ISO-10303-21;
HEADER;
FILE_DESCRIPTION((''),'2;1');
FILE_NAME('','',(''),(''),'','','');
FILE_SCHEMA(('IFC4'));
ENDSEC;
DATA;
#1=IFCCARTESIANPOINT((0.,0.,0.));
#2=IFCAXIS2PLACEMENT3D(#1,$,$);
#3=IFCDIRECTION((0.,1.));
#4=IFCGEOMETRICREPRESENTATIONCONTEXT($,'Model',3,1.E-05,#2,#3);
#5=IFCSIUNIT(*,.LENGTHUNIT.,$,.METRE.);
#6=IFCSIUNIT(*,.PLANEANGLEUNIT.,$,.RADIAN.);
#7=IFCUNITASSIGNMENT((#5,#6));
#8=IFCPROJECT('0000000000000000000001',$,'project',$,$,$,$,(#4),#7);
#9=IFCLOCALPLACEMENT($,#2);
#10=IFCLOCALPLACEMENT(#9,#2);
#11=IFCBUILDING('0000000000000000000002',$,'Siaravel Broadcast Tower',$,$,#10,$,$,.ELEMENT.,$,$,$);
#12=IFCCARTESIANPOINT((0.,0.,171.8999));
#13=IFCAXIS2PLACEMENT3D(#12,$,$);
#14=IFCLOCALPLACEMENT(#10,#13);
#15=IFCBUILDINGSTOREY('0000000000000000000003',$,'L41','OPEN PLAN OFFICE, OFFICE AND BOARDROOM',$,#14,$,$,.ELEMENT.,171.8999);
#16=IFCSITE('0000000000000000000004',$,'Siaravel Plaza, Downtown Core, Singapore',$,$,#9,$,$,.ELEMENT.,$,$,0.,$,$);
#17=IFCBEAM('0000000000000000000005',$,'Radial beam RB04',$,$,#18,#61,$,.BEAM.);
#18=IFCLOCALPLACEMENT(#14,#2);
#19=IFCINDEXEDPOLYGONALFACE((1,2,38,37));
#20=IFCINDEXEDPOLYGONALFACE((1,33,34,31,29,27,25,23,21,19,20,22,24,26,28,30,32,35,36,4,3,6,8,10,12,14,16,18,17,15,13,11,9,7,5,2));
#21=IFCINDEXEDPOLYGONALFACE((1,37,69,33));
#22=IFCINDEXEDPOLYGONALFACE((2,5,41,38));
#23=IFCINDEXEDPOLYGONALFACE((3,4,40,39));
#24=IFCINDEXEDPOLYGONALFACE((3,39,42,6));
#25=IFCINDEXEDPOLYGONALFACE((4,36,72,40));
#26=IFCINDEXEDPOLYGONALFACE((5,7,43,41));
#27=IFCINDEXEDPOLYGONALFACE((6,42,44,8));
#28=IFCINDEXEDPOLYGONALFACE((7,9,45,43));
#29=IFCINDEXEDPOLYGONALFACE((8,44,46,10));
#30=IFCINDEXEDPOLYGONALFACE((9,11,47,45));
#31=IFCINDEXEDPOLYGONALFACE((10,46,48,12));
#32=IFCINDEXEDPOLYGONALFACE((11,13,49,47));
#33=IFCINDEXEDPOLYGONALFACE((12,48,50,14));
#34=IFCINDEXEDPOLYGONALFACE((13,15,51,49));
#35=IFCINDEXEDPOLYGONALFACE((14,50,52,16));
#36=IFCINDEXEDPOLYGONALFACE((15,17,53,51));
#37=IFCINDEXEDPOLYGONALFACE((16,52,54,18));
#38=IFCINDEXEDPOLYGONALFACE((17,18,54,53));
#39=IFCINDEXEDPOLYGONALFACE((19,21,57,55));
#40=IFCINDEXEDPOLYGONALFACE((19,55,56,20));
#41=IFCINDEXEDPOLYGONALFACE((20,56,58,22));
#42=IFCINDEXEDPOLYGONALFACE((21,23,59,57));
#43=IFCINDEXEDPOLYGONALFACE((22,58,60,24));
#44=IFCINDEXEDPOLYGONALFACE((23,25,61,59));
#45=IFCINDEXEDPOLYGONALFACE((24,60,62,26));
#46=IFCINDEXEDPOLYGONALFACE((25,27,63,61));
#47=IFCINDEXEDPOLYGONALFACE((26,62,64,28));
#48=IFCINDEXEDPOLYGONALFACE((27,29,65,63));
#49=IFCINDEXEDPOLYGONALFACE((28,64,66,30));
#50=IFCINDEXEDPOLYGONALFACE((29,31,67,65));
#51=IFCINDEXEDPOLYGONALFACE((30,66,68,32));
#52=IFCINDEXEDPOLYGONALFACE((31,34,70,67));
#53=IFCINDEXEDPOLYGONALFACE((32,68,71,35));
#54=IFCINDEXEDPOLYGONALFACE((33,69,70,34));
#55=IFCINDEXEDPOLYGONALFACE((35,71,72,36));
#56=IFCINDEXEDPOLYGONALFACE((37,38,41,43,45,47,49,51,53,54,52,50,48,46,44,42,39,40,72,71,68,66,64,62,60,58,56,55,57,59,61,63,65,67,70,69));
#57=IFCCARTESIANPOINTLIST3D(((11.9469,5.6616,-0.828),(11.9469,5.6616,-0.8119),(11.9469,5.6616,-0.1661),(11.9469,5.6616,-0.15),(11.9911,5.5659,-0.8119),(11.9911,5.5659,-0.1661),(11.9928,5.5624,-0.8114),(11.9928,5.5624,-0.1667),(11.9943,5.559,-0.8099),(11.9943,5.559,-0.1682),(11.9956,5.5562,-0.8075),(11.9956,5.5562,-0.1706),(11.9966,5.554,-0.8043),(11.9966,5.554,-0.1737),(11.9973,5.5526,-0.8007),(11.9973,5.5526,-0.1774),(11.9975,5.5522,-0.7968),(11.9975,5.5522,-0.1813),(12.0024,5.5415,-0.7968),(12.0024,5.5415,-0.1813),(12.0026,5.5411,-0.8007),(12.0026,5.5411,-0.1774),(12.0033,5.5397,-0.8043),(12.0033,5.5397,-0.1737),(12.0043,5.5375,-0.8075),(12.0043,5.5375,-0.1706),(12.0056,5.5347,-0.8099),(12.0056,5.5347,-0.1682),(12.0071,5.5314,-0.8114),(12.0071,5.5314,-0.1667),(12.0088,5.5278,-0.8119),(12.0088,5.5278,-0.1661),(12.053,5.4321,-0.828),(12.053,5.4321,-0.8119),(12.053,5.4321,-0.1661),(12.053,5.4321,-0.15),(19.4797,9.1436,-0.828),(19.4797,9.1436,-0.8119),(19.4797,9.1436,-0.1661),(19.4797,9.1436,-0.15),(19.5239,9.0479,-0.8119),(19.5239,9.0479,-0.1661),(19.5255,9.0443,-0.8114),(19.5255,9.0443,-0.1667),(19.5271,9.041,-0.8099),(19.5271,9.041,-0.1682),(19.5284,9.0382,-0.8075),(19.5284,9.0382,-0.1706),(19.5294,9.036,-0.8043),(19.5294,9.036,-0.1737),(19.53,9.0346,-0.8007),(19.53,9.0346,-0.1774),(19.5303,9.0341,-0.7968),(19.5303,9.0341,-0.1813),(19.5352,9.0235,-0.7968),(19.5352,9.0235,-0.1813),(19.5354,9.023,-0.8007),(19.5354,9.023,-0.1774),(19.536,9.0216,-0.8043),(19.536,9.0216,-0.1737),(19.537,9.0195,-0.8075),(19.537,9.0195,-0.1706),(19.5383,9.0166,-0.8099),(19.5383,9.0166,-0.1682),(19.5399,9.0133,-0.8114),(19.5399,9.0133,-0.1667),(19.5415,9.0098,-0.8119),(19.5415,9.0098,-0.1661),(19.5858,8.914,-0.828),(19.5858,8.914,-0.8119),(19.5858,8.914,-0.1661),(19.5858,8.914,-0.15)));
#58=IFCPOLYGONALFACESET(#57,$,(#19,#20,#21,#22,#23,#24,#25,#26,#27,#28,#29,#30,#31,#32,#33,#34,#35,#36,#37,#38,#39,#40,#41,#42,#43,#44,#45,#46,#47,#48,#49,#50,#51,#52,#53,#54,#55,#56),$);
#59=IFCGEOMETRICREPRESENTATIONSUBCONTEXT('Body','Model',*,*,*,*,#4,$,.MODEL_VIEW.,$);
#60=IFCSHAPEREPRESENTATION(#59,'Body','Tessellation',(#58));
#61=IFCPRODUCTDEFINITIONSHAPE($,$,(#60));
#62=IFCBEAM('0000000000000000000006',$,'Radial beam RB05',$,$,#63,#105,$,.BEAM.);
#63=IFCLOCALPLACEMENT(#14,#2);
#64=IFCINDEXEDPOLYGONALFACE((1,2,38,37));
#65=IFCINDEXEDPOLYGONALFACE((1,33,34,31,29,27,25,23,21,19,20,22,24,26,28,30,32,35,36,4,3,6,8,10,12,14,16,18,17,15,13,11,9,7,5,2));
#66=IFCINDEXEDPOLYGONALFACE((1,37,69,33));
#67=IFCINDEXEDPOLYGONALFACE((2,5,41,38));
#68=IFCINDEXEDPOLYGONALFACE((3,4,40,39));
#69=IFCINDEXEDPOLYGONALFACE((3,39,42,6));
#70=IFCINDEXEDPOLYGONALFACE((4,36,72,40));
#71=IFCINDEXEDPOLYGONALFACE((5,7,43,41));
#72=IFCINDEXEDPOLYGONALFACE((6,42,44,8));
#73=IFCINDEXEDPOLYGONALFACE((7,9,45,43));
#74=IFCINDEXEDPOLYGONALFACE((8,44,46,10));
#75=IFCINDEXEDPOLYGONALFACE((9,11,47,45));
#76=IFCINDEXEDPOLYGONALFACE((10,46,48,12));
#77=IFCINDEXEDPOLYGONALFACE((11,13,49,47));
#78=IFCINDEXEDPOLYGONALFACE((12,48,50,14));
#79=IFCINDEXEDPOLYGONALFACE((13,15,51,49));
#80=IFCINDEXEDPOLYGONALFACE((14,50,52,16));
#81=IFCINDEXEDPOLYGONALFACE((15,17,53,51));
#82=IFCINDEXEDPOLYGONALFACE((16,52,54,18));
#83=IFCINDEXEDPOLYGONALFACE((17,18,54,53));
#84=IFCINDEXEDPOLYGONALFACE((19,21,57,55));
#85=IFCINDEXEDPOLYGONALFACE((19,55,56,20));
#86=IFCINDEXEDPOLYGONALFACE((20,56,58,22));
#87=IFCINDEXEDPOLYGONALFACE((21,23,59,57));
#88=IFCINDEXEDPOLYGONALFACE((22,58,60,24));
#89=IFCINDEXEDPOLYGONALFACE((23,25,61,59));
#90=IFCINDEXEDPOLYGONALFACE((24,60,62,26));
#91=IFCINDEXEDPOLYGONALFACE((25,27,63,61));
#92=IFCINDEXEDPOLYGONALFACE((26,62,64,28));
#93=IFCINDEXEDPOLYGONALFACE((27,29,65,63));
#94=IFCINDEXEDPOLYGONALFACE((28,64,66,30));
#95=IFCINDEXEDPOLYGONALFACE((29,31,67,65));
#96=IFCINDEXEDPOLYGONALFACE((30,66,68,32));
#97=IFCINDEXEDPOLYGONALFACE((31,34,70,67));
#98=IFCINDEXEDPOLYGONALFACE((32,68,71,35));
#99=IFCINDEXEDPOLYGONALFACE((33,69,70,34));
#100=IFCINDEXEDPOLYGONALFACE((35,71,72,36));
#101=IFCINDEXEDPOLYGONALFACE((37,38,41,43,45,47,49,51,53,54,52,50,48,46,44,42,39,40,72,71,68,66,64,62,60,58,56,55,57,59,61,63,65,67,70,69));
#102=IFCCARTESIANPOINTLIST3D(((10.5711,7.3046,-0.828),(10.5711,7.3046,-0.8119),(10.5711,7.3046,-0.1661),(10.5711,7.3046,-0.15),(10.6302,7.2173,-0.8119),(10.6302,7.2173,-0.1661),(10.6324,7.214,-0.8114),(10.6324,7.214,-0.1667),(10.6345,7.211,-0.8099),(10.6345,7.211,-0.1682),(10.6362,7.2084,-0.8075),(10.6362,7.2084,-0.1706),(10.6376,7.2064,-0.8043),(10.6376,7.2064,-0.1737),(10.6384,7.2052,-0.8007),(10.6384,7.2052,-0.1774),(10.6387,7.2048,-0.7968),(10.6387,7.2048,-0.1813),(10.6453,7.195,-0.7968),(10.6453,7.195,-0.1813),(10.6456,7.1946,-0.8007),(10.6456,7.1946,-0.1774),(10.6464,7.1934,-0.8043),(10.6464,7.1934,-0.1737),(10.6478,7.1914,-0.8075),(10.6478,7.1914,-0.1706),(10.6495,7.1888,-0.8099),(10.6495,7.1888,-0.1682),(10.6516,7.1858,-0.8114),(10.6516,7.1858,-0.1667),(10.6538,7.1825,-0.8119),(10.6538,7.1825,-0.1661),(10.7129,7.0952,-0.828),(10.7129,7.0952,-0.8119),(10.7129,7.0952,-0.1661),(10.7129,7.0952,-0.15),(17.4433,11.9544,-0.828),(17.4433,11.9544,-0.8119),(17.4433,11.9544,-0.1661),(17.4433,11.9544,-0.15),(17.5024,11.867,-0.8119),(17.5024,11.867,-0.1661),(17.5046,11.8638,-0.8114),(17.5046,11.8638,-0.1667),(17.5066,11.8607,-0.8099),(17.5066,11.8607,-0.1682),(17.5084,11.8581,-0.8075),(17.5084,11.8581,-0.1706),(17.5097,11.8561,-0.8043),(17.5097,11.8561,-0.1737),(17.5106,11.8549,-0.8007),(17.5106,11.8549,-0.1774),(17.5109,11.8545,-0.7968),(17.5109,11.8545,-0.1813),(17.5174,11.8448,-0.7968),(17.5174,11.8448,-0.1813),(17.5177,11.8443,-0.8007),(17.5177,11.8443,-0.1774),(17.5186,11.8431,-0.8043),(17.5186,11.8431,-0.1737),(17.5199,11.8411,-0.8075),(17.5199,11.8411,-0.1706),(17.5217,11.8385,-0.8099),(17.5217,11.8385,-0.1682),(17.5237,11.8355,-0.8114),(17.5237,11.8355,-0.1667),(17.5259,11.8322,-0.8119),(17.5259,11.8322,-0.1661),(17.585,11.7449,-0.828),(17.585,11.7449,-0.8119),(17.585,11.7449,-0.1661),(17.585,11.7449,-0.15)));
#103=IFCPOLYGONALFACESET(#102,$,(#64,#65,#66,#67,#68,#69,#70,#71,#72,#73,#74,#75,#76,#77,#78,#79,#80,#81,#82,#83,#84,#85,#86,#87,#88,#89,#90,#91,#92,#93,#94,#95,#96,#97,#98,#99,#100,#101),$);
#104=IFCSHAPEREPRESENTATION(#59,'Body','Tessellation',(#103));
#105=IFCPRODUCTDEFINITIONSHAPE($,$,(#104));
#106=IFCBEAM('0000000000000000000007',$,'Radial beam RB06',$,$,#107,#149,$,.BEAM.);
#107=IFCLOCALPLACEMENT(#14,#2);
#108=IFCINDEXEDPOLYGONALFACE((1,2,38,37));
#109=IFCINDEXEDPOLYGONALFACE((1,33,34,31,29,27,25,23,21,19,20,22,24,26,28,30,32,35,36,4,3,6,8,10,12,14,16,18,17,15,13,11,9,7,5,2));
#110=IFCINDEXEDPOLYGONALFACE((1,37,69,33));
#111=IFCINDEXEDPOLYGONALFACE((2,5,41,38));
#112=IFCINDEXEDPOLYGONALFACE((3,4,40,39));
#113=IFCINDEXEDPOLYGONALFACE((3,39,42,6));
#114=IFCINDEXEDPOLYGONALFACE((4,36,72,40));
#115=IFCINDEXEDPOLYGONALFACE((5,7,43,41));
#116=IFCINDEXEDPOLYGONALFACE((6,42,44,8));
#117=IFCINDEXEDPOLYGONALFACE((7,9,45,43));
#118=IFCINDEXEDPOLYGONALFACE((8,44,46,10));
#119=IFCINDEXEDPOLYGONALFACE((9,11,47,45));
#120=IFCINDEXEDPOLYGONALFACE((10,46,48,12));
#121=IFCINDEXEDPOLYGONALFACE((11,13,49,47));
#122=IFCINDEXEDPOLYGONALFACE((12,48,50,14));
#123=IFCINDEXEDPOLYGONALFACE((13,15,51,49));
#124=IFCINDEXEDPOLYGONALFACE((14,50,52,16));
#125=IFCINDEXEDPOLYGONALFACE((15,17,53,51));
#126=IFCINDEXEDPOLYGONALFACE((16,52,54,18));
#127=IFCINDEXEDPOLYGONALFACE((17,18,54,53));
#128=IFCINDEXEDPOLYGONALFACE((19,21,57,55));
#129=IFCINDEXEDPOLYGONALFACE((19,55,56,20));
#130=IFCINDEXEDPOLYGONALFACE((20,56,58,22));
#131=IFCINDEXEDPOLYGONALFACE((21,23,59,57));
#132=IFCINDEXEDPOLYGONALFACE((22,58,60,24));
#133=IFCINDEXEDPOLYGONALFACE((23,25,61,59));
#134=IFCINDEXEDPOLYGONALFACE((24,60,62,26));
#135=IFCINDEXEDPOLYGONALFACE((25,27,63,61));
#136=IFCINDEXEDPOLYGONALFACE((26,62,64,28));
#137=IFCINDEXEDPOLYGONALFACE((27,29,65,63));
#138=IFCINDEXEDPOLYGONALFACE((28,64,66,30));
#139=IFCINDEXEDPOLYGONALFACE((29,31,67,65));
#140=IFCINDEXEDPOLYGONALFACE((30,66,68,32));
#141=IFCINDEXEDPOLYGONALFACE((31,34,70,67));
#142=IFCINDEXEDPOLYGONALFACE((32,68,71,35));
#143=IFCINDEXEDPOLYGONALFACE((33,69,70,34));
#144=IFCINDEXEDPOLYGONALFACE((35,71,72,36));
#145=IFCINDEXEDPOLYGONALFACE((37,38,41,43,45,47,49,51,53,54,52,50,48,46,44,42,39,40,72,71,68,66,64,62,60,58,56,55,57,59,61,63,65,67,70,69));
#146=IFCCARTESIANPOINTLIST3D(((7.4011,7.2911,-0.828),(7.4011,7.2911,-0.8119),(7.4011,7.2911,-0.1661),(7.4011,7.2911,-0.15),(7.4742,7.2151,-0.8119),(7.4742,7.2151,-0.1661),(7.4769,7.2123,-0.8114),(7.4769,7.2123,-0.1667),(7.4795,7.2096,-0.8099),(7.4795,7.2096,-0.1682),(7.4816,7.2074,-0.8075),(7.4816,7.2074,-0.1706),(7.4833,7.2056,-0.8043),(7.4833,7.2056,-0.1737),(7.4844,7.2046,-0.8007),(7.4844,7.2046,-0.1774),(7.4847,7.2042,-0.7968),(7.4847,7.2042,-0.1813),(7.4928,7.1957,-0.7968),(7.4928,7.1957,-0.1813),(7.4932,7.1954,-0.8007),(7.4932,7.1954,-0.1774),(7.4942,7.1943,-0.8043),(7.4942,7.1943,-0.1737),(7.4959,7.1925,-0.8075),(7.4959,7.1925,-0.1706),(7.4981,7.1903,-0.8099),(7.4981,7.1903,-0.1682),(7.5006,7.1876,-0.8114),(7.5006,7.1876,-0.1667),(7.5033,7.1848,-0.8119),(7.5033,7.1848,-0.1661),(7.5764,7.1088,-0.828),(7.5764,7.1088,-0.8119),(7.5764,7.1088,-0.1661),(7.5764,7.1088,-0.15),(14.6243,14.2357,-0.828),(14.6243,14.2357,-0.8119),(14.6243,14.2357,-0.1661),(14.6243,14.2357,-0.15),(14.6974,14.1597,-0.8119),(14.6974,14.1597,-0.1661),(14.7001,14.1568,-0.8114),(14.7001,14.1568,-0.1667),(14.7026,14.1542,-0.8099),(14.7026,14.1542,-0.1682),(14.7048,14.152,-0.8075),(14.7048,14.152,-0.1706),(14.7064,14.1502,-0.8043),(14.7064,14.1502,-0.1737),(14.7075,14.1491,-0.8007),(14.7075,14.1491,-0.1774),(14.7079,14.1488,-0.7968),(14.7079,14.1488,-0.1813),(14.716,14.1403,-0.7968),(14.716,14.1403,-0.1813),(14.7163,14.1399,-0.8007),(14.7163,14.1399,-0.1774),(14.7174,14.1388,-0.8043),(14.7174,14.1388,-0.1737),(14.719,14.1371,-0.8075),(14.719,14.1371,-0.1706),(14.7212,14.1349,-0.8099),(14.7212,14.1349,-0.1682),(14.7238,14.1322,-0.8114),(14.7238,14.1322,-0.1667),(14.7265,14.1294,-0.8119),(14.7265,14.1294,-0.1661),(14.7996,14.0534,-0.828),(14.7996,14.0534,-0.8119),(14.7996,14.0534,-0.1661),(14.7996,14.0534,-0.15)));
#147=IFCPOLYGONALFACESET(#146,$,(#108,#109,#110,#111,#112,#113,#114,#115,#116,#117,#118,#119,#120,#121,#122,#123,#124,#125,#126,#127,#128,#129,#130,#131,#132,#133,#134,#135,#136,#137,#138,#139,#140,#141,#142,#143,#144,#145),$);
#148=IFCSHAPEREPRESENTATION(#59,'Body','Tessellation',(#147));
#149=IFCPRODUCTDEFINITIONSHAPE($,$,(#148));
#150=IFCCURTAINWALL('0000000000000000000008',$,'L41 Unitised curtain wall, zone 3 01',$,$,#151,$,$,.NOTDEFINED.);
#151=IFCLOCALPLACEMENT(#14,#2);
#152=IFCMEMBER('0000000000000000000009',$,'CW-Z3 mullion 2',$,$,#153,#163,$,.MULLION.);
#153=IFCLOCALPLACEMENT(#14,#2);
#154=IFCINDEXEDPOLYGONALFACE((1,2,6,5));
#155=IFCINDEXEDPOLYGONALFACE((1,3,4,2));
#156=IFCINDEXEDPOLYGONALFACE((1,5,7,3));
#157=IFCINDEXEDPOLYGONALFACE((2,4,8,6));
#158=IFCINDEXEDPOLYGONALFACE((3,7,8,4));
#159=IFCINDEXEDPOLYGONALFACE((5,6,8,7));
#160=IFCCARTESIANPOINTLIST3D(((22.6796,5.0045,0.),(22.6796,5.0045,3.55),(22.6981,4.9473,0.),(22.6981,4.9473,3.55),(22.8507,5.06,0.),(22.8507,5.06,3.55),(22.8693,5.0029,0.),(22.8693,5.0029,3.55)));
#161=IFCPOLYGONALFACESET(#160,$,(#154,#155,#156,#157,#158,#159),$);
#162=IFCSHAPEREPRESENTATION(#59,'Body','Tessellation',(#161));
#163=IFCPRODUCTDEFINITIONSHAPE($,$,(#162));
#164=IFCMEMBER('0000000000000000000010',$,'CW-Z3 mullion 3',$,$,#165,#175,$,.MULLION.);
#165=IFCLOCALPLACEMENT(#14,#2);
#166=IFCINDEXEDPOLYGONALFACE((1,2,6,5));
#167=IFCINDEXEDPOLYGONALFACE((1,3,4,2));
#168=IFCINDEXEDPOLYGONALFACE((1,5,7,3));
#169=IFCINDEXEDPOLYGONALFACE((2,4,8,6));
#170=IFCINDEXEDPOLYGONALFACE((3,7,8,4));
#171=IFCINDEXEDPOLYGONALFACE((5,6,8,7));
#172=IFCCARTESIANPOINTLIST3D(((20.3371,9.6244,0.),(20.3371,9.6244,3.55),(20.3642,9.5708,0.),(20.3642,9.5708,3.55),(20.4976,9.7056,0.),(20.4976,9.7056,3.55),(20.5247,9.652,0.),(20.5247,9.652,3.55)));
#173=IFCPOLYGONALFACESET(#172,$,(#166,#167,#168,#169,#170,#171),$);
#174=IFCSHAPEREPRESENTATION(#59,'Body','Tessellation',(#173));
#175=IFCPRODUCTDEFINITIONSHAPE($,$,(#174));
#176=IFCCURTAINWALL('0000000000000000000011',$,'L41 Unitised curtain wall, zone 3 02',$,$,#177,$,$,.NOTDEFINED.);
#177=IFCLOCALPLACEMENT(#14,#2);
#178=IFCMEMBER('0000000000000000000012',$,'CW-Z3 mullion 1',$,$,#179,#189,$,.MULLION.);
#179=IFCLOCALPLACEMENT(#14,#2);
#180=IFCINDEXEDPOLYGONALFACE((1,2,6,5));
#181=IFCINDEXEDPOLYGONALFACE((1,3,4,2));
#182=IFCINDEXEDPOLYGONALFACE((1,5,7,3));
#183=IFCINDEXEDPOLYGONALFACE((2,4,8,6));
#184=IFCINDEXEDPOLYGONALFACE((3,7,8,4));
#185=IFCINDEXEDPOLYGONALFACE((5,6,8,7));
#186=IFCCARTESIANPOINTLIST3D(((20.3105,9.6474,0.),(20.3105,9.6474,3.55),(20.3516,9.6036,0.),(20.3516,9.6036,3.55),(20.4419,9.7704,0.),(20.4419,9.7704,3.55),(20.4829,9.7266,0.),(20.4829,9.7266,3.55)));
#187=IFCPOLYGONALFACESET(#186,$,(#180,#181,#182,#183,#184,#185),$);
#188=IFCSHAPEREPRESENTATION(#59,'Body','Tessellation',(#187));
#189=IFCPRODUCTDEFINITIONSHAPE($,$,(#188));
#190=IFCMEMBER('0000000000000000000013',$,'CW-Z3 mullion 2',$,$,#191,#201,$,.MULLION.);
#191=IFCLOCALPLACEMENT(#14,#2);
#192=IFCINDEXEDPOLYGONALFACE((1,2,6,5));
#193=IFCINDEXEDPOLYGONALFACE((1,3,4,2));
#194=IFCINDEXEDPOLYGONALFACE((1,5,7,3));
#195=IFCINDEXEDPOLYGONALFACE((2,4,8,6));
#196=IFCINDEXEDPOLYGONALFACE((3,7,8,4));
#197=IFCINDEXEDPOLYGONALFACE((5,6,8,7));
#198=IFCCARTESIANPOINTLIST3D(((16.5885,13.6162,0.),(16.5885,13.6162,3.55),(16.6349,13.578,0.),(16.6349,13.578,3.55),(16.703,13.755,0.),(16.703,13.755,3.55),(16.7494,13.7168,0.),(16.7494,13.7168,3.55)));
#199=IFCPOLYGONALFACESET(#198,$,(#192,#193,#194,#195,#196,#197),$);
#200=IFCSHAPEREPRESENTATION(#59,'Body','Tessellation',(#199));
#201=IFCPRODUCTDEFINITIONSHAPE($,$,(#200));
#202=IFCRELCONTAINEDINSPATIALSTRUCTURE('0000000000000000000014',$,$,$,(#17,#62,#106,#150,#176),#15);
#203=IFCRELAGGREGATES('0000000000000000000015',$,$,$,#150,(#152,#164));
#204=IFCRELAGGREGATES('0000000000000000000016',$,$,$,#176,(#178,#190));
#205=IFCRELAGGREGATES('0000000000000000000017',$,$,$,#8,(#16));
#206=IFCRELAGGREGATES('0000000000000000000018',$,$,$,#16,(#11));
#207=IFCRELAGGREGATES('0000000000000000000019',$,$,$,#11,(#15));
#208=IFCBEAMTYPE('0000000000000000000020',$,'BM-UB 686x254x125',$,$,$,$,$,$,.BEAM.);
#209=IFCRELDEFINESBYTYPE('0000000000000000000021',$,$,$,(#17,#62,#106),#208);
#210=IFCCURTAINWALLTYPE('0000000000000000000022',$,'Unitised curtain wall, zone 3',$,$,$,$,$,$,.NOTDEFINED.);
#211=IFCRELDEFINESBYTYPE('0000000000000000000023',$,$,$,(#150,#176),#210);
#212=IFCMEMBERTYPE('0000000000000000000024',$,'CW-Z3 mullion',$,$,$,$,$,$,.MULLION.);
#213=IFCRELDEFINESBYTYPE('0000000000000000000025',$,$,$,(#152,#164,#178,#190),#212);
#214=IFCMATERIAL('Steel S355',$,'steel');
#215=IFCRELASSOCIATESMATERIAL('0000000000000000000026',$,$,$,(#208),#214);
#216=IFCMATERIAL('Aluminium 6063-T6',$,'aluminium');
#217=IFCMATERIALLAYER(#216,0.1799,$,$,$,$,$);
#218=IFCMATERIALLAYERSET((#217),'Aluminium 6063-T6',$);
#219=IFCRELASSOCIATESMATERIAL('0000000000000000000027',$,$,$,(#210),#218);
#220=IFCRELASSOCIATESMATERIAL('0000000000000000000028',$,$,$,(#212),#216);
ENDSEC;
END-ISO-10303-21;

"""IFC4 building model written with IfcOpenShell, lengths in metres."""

from ifc_helpers import new_model, si_unit, direction, frame, origin, origin_2d, place, context, subcontext, project, spatial, rectangle, i_section, extrude, material, layer, layer_set, material_profile, profile_set, type_object, element, aggregate, save


model = new_model("IFC4")

# Units and contexts
model_context = context("Model", 3, precision=1e-05, world=origin(), true_north=direction((0.0, 1.0)))
body_context = subcontext(model_context, "Body", "Model", "MODEL_VIEW")
ifc_project = project(units=[si_unit("LENGTHUNIT", "METRE"), si_unit("PLANEANGLEUNIT", "RADIAN")], contexts=[model_context])

# Site, building, storey
site_placement = place(None, origin())
site = spatial("IfcSite", under=ifc_project, at=site_placement, Name="Siaravel Plaza, Downtown Core, Singapore", CompositionType="ELEMENT", RefElevation=0.0)
building_placement = place(site_placement, origin())
building = spatial("IfcBuilding", under=site, at=building_placement, Name="Siaravel Broadcast Tower", CompositionType="ELEMENT")
storey_placement = place(building_placement, frame((0.0, 0.0, 171.8999)))
storey = spatial("IfcBuildingStorey", under=building, at=storey_placement, Name="L41", Description="OPEN PLAN OFFICE, OFFICE AND BOARDROOM", CompositionType="ELEMENT", Elevation=171.8999)

# Beams
ifc_material_1 = material(Name="Steel S355", Category="steel")
ifc_material_profile_1 = material_profile(ifc_material_1, i_section(OverallWidth=0.2529, OverallDepth=0.678, WebThickness=0.0117, FlangeThickness=0.0161, FilletRadius=0.0151, at=origin_2d()))
ifc_profile_set_1 = profile_set([ifc_material_profile_1], Name="Steel S355")
beam_type = type_object("IfcBeamType", Name="BM-UB 686x254x125", PredefinedType="BEAM", material=ifc_profile_set_1)
beam_1_placement = place(storey_placement, frame((19.5327, 9.0288, -0.489), z_axis=(-0.907716, -0.419584, 0.0), x_axis=(0.419584, -0.907716, 0.0)))
element("IfcBeam", 1, at=beam_1_placement, inside=storey, type_object=beam_type, Name="Radial beam RB04", PredefinedType="BEAM", context=body_context, shape_type="SweptSolid", body=[
    extrude(i_section(OverallWidth=0.2529, OverallDepth=0.678, WebThickness=0.0117, FlangeThickness=0.0161, FilletRadius=0.0151, at=origin_2d()), origin(), (0.0, 0.0, 1.0), 8.2986),
])
beam_2_placement = place(storey_placement, frame((17.5142, 11.8496, -0.489), z_axis=(-0.828233, -0.560384, 0.0), x_axis=(0.560384, -0.828233, 0.0)))
element("IfcBeam", 2, at=beam_2_placement, inside=storey, type_object=beam_type, Name="Radial beam RB05", PredefinedType="BEAM", context=body_context, shape_type="SweptSolid", body=[
    extrude(i_section(OverallWidth=0.2529, OverallDepth=0.678, WebThickness=0.0117, FlangeThickness=0.0161, FilletRadius=0.0151, at=origin_2d()), origin(), (0.0, 0.0, 1.0), 8.2974),
])
beam_3_placement = place(storey_placement, frame((14.7119, 14.1445, -0.489), z_axis=(-0.720871, -0.69307, 0.0), x_axis=(0.69307, -0.720871, 0.0)))
element("IfcBeam", 3, at=beam_3_placement, inside=storey, type_object=beam_type, Name="Radial beam RB06", PredefinedType="BEAM", context=body_context, shape_type="SweptSolid", body=[
    extrude(i_section(OverallWidth=0.2529, OverallDepth=0.678, WebThickness=0.0117, FlangeThickness=0.0161, FilletRadius=0.0151, at=origin_2d()), origin(), (0.0, 0.0, 1.0), 10.02),
])

# Curtain walls, members
ifc_material_2 = material(Name="Aluminium 6063-T6", Category="aluminium")
ifc_layer_1 = layer(ifc_material_2, 0.1799)
ifc_layer_set_1 = layer_set([ifc_layer_1], Name="Aluminium 6063-T6")
curtain_wall_type = type_object("IfcCurtainWallType", Name="Unitised curtain wall, zone 3", PredefinedType="NOTDEFINED", material=ifc_layer_set_1)
curtain_wall_1_placement = place(storey_placement, origin())
curtain_wall_1 = element("IfcCurtainWall", 4, at=curtain_wall_1_placement, inside=storey, type_object=curtain_wall_type, Name="L41 Unitised curtain wall, zone 3 01", PredefinedType="NOTDEFINED")
ifc_material_profile_2 = material_profile(ifc_material_2, rectangle(XDim=0.1799, YDim=0.0601, at=origin_2d()))
ifc_profile_set_2 = profile_set([ifc_material_profile_2], Name="Aluminium 6063-T6")
member_type_1 = type_object("IfcMemberType", Name="CW-Z3 mullion", PredefinedType="MULLION", material=ifc_profile_set_2)
member_1_placement = place(storey_placement, frame((22.7744, 5.0037, 0.0), z_axis=(0.0, 0.0, 1.0), x_axis=(-0.951177, -0.308646, 0.0)))
member_1 = element("IfcMember", 5, at=member_1_placement, type_object=member_type_1, Name="CW-Z3 mullion 2", PredefinedType="MULLION", context=body_context, shape_type="SweptSolid", body=[
    extrude(rectangle(XDim=0.1799, YDim=0.0601, at=origin_2d()), origin(), (0.0, 0.0, 1.0), 3.55),
])
member_2_placement = place(storey_placement, frame((20.4309, 9.6382, 0.0), z_axis=(0.0, 0.0, 1.0), x_axis=(-0.892392, -0.451261, 0.0)))
member_2 = element("IfcMember", 6, at=member_2_placement, type_object=member_type_1, Name="CW-Z3 mullion 3", PredefinedType="MULLION", context=body_context, shape_type="SweptSolid", body=[
    extrude(rectangle(XDim=0.1799, YDim=0.0601, at=origin_2d()), origin(), (0.0, 0.0, 1.0), 3.55),
])
curtain_wall_2_placement = place(storey_placement, origin())
curtain_wall_2 = element("IfcCurtainWall", 7, at=curtain_wall_2_placement, inside=storey, type_object=curtain_wall_type, Name="L41 Unitised curtain wall, zone 3 02", PredefinedType="NOTDEFINED")
member_3_placement = place(storey_placement, frame((20.3967, 9.687, 0.0), z_axis=(0.0, 0.0, 1.0), x_axis=(-0.729805, -0.683655, 0.0)))
member_3 = element("IfcMember", 8, at=member_3_placement, type_object=member_type_1, Name="CW-Z3 mullion 1", PredefinedType="MULLION", context=body_context, shape_type="SweptSolid", body=[
    extrude(rectangle(XDim=0.1799, YDim=0.0601, at=origin_2d()), origin(), (0.0, 0.0, 1.0), 3.55),
])
member_4_placement = place(storey_placement, frame((16.6689, 13.6665, 0.0), z_axis=(0.0, 0.0, 1.0), x_axis=(-0.636218, -0.771509, 0.0)))
member_4 = element("IfcMember", 9, at=member_4_placement, type_object=member_type_1, Name="CW-Z3 mullion 2", PredefinedType="MULLION", context=body_context, shape_type="SweptSolid", body=[
    extrude(rectangle(XDim=0.1799, YDim=0.0601, at=origin_2d()), origin(), (0.0, 0.0, 1.0), 3.55),
])

aggregate(curtain_wall_1, [member_1, member_2])
aggregate(curtain_wall_2, [member_3, member_4])

save(model, "model.ifc")
